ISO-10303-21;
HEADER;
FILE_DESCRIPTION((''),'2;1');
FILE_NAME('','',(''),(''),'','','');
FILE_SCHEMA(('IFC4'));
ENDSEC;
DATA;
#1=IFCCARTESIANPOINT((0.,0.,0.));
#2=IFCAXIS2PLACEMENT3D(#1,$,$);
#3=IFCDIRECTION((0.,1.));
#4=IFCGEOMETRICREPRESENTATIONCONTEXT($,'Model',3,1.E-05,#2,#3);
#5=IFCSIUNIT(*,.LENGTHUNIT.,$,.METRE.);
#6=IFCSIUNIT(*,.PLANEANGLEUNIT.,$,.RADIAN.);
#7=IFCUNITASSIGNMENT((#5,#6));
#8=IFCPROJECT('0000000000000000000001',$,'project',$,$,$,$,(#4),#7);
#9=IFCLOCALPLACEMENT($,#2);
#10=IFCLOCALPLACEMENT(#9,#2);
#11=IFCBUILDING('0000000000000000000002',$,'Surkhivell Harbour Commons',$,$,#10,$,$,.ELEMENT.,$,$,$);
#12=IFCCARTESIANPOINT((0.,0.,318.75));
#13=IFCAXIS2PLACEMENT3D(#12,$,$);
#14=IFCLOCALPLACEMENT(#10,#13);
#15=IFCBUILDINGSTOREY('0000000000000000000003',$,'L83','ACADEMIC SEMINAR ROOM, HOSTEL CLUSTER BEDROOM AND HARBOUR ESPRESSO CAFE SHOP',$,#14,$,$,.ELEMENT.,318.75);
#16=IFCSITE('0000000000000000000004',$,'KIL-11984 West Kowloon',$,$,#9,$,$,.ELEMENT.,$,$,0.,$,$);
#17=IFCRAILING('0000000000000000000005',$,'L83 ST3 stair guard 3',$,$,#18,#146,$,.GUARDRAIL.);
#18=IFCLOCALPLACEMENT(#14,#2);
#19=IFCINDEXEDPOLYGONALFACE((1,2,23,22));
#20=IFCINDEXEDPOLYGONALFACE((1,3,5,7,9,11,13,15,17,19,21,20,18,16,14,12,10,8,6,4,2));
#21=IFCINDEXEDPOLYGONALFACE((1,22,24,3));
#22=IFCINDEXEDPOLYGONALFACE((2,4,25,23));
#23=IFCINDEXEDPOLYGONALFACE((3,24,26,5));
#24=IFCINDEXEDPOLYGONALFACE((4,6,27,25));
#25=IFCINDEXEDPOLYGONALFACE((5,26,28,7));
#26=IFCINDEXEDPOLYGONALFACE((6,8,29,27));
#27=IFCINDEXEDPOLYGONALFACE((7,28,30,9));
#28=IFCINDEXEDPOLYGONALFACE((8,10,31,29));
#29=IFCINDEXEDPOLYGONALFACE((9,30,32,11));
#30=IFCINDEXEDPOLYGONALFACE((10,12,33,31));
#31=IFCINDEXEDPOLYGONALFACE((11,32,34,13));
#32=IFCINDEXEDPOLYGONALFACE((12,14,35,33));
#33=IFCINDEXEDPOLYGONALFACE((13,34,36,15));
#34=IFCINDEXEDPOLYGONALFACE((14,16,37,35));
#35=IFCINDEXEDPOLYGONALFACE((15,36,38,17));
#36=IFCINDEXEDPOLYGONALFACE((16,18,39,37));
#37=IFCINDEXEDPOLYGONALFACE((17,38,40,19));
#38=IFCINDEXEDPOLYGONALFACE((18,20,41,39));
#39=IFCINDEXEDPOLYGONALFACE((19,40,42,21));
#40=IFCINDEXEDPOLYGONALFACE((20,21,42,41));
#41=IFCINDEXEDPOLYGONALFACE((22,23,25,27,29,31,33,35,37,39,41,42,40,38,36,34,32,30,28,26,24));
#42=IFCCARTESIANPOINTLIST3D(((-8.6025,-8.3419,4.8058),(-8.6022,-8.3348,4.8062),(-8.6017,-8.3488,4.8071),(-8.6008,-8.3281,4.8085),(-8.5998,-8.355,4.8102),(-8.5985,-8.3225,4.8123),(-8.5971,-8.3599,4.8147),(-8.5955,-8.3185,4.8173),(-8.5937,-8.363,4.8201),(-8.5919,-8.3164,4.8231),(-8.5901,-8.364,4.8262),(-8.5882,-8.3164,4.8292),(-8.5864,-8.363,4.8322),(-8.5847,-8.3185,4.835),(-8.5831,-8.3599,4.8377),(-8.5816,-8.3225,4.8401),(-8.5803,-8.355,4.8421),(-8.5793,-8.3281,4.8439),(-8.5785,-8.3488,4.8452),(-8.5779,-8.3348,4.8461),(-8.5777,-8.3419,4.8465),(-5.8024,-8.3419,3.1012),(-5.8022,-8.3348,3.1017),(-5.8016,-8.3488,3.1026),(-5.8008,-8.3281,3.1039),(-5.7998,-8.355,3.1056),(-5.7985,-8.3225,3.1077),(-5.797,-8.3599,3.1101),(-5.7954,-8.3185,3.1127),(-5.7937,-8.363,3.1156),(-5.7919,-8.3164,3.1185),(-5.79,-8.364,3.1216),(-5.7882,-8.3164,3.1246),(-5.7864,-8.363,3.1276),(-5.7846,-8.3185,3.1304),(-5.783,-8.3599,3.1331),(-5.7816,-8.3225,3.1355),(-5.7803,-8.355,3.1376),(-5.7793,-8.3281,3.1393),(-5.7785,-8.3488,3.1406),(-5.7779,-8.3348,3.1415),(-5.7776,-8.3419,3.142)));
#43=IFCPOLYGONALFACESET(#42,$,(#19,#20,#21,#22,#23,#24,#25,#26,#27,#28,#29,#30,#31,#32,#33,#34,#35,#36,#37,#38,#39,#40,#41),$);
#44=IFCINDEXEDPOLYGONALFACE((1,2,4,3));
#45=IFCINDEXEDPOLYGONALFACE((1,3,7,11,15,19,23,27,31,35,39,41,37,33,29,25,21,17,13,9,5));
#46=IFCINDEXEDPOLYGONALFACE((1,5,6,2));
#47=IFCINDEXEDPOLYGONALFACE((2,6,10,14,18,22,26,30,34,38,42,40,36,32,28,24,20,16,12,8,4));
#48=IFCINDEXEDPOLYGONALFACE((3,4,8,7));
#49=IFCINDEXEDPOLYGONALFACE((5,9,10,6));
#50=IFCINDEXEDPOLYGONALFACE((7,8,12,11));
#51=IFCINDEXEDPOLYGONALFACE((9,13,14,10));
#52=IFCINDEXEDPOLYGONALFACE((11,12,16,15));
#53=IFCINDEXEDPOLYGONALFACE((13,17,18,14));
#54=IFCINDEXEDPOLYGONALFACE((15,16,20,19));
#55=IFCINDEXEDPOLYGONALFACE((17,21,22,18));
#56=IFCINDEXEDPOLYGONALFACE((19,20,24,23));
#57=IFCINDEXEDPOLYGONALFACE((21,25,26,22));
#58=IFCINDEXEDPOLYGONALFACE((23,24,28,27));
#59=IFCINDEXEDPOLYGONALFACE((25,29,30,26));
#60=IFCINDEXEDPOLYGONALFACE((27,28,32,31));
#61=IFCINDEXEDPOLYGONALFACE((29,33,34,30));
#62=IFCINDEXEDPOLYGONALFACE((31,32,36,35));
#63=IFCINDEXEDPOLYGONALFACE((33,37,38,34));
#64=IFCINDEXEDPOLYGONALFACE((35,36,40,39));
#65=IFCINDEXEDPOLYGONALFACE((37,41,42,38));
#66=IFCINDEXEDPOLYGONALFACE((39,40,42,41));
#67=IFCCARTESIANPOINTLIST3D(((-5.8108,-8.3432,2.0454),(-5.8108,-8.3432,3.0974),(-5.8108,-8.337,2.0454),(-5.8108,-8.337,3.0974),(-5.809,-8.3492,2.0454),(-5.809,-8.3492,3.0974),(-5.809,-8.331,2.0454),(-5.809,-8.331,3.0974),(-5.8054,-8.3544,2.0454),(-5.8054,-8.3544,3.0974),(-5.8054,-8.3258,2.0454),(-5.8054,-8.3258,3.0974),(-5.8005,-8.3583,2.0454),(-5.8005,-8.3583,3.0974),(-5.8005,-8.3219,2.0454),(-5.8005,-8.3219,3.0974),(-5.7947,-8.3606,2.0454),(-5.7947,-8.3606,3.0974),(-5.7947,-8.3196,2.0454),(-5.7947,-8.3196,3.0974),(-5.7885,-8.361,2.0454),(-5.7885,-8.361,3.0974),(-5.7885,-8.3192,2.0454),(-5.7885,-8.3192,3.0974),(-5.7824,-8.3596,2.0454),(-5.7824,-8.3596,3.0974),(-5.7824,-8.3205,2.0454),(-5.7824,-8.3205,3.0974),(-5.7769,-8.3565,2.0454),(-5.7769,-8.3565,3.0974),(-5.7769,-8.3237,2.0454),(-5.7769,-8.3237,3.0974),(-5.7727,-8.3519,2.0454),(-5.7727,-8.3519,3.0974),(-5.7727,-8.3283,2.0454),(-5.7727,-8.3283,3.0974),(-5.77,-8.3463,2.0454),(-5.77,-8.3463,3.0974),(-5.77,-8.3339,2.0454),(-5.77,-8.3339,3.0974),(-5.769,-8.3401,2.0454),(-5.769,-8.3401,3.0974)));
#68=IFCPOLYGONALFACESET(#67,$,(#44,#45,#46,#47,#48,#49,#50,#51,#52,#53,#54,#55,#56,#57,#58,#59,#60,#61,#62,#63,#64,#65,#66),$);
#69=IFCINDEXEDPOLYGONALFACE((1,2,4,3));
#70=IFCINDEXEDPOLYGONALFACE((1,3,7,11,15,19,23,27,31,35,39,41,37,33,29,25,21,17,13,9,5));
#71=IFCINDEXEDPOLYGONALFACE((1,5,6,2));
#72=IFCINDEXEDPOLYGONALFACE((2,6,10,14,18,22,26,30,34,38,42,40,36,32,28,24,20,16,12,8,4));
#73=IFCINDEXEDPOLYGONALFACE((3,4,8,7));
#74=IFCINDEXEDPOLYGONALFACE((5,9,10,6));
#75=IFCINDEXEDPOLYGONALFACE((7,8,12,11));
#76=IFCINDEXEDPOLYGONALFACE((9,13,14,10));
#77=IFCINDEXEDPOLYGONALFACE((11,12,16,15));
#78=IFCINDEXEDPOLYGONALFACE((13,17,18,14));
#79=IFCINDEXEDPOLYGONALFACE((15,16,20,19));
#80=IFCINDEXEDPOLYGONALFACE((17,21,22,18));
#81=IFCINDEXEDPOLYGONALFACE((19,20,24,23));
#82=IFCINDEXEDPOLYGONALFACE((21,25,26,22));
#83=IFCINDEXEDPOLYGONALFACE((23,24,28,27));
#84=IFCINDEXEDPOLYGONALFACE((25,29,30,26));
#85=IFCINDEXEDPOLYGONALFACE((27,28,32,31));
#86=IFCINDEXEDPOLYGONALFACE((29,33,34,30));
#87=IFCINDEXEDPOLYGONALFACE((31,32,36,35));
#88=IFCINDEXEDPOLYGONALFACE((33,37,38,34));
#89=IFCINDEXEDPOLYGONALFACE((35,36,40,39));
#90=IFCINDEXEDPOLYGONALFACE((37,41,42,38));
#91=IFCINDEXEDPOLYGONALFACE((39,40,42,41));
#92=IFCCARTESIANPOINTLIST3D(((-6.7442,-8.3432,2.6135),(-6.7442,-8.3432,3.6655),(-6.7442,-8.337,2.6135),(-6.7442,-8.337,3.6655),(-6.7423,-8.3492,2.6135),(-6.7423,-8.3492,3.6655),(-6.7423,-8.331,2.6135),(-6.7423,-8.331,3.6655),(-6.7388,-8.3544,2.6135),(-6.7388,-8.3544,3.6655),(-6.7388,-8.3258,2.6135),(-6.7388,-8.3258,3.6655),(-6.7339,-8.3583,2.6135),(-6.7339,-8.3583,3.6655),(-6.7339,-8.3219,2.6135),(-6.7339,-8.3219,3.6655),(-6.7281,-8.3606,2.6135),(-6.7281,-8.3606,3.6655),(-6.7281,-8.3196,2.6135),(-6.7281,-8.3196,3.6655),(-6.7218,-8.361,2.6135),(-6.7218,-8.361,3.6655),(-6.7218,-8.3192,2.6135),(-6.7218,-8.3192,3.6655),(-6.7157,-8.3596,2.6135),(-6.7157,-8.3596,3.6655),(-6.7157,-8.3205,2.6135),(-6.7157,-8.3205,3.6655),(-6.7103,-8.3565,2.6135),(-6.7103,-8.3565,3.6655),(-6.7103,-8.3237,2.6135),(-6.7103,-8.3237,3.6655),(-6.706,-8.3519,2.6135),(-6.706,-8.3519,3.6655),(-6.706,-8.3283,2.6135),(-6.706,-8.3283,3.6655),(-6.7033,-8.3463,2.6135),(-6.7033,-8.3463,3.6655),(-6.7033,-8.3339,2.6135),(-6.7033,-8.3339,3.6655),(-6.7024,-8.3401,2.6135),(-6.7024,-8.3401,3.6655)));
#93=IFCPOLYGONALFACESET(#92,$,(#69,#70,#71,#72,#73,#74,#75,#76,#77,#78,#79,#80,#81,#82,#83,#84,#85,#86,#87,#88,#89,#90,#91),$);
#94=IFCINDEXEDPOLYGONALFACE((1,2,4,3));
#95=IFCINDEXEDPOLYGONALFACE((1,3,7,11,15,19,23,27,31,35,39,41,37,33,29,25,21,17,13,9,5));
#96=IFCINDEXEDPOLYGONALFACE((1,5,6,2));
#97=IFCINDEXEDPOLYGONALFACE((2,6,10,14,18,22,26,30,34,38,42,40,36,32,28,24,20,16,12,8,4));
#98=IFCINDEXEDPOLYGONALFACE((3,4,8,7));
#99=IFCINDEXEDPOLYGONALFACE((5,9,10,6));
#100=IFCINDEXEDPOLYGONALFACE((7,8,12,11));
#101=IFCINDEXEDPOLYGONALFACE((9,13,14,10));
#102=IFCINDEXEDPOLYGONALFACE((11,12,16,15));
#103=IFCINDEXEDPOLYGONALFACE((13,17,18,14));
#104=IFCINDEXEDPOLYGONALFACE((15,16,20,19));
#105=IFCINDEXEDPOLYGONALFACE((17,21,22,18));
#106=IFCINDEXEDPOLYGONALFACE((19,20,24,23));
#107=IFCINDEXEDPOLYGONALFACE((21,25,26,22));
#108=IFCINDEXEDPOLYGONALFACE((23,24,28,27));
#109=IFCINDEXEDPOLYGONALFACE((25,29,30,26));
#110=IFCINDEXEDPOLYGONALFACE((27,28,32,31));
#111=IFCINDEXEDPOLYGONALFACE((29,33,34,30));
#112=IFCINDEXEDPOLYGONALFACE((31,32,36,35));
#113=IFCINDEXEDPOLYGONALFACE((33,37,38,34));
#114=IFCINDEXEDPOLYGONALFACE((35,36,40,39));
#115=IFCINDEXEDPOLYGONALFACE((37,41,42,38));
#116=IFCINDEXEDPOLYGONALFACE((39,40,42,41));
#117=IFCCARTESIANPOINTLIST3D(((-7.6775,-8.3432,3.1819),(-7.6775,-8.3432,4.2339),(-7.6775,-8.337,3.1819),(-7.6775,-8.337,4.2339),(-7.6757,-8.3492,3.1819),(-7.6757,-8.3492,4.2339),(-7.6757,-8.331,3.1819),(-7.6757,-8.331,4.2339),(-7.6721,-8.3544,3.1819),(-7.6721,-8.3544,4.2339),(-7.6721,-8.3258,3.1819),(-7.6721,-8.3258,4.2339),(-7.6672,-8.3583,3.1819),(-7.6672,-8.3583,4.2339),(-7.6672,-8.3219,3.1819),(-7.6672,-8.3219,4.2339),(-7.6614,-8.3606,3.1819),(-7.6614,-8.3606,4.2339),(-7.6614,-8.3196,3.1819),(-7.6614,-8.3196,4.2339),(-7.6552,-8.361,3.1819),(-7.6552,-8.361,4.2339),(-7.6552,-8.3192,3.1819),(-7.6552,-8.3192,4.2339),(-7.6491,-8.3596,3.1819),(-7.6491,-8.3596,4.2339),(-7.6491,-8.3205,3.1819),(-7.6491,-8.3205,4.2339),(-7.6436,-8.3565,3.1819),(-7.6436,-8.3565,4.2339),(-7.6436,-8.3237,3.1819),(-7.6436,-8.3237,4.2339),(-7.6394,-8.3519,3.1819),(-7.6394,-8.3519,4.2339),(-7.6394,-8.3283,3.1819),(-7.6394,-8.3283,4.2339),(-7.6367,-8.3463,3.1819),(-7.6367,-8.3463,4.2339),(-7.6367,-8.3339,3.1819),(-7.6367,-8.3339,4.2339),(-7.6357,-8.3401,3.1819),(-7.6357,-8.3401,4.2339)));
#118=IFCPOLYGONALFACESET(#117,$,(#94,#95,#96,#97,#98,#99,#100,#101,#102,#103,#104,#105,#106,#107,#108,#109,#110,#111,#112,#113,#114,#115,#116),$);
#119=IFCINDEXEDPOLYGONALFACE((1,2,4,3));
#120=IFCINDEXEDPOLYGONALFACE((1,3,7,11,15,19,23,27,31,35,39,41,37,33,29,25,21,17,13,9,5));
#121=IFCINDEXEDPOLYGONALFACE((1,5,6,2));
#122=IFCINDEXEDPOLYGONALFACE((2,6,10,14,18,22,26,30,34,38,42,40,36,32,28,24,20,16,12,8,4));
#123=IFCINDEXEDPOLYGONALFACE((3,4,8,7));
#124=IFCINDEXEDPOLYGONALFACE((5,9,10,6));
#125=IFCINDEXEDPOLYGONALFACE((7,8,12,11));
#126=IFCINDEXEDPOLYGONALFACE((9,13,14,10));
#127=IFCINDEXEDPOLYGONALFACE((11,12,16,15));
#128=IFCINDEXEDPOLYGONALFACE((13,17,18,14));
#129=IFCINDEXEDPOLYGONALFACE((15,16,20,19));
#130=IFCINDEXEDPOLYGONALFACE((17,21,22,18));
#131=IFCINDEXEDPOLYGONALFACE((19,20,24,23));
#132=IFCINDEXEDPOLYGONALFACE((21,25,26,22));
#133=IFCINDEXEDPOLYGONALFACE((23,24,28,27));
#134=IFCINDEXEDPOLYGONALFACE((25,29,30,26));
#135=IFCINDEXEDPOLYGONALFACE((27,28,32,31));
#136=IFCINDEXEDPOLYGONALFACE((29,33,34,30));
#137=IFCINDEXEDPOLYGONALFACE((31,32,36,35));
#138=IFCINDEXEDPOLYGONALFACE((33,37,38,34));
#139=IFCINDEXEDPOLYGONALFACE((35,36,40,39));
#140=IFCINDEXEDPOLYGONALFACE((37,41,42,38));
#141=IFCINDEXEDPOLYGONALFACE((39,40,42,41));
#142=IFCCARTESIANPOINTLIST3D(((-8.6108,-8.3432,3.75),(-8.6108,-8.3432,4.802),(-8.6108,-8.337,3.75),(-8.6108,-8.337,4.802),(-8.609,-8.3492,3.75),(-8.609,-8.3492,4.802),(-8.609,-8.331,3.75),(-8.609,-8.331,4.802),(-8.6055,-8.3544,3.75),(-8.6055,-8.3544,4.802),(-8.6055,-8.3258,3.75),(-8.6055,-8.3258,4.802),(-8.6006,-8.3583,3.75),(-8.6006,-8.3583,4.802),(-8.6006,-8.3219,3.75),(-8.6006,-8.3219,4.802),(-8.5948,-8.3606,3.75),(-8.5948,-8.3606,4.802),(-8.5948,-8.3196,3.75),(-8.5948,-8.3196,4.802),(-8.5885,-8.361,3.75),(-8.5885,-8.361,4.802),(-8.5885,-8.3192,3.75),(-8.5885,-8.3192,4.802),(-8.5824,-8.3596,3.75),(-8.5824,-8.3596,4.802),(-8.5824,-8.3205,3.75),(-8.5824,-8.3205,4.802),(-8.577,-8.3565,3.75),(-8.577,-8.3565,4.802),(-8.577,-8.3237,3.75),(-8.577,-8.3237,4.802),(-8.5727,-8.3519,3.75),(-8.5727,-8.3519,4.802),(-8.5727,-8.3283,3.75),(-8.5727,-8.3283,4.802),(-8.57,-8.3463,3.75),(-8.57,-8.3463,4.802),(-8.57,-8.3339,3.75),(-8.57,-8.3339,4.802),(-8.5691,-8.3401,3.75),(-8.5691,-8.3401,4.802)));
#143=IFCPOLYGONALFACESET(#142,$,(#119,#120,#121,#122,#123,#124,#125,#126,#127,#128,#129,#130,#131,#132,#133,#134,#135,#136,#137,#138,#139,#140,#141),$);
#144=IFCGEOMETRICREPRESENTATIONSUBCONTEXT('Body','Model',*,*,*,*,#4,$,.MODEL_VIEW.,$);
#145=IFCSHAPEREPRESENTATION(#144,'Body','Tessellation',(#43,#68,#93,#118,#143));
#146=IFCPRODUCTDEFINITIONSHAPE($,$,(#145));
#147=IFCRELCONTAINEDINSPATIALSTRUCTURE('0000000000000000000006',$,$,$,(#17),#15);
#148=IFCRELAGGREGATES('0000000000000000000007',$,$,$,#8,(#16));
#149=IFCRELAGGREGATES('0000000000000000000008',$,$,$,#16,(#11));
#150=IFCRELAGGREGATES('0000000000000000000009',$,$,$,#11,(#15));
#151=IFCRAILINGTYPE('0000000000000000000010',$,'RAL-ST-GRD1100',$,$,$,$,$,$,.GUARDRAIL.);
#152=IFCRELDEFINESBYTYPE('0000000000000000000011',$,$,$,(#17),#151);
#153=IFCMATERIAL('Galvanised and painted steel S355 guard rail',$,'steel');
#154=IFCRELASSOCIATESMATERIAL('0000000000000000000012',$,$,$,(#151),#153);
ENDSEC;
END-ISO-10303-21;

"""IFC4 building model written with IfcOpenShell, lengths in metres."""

from ifc_helpers import new_model, si_unit, direction, frame, origin, origin_2d, place, context, subcontext, project, spatial, circle, extrude, material, type_object, element, save


model = new_model("IFC4")

# Units and contexts
model_context = context("Model", 3, precision=1e-05, world=origin(), true_north=direction((0.0, 1.0)))
body_context = subcontext(model_context, "Body", "Model", "MODEL_VIEW")
ifc_project = project(units=[si_unit("LENGTHUNIT", "METRE"), si_unit("PLANEANGLEUNIT", "RADIAN")], contexts=[model_context])

# Site, building, storey
site_placement = place(None, origin())
site = spatial("IfcSite", under=ifc_project, at=site_placement, Name="KIL-11984 West Kowloon", CompositionType="ELEMENT", RefElevation=0.0)
building_placement = place(site_placement, origin())
building = spatial("IfcBuilding", under=site, at=building_placement, Name="Surkhivell Harbour Commons", CompositionType="ELEMENT")
storey_placement = place(building_placement, frame((0.0, 0.0, 318.75)))
storey = spatial("IfcBuildingStorey", under=building, at=storey_placement, Name="L83", Description="ACADEMIC SEMINAR ROOM, HOSTEL CLUSTER BEDROOM AND HARBOUR ESPRESSO CAFE SHOP", CompositionType="ELEMENT", Elevation=318.75)

# Railing
ifc_material_1 = material(Name="Galvanised and painted steel S355 guard rail", Category="steel")
railing_type_1 = type_object("IfcRailingType", Name="RAL-ST-GRD1100", PredefinedType="GUARDRAIL", material=ifc_material_1)
railing_1_placement = place(storey_placement, frame((-5.79, -8.3401, 2.0454)))
element("IfcRailing", 1, at=railing_1_placement, inside=storey, type_object=railing_type_1, Name="L83 ST3 stair guard 3", PredefinedType="GUARDRAIL", context=body_context, shape_type="SweptSolid", body=[
    extrude(circle(Radius=0.0239, at=origin_2d()), frame((0.0, 0.0, 1.0762), z_axis=(-0.85417, 0.0, 0.519994), x_axis=(0.0, -1.0, 0.0)), (0.0, 0.0, 1.0), 3.2781),
    extrude(circle(Radius=0.021, at=origin_2d()), origin(), (0.0, 0.0, 1.0), 1.052),
    extrude(circle(Radius=0.021, at=origin_2d()), frame((-0.9333, 0.0, 0.5681)), (0.0, 0.0, 1.0), 1.052),
    extrude(circle(Radius=0.021, at=origin_2d()), frame((-1.8667, 0.0, 1.1365)), (0.0, 0.0, 1.0), 1.052),
    extrude(circle(Radius=0.021, at=origin_2d()), frame((-2.8, 0.0, 1.7046)), (0.0, 0.0, 1.0), 1.052),
])

save(model, "model.ifc")
